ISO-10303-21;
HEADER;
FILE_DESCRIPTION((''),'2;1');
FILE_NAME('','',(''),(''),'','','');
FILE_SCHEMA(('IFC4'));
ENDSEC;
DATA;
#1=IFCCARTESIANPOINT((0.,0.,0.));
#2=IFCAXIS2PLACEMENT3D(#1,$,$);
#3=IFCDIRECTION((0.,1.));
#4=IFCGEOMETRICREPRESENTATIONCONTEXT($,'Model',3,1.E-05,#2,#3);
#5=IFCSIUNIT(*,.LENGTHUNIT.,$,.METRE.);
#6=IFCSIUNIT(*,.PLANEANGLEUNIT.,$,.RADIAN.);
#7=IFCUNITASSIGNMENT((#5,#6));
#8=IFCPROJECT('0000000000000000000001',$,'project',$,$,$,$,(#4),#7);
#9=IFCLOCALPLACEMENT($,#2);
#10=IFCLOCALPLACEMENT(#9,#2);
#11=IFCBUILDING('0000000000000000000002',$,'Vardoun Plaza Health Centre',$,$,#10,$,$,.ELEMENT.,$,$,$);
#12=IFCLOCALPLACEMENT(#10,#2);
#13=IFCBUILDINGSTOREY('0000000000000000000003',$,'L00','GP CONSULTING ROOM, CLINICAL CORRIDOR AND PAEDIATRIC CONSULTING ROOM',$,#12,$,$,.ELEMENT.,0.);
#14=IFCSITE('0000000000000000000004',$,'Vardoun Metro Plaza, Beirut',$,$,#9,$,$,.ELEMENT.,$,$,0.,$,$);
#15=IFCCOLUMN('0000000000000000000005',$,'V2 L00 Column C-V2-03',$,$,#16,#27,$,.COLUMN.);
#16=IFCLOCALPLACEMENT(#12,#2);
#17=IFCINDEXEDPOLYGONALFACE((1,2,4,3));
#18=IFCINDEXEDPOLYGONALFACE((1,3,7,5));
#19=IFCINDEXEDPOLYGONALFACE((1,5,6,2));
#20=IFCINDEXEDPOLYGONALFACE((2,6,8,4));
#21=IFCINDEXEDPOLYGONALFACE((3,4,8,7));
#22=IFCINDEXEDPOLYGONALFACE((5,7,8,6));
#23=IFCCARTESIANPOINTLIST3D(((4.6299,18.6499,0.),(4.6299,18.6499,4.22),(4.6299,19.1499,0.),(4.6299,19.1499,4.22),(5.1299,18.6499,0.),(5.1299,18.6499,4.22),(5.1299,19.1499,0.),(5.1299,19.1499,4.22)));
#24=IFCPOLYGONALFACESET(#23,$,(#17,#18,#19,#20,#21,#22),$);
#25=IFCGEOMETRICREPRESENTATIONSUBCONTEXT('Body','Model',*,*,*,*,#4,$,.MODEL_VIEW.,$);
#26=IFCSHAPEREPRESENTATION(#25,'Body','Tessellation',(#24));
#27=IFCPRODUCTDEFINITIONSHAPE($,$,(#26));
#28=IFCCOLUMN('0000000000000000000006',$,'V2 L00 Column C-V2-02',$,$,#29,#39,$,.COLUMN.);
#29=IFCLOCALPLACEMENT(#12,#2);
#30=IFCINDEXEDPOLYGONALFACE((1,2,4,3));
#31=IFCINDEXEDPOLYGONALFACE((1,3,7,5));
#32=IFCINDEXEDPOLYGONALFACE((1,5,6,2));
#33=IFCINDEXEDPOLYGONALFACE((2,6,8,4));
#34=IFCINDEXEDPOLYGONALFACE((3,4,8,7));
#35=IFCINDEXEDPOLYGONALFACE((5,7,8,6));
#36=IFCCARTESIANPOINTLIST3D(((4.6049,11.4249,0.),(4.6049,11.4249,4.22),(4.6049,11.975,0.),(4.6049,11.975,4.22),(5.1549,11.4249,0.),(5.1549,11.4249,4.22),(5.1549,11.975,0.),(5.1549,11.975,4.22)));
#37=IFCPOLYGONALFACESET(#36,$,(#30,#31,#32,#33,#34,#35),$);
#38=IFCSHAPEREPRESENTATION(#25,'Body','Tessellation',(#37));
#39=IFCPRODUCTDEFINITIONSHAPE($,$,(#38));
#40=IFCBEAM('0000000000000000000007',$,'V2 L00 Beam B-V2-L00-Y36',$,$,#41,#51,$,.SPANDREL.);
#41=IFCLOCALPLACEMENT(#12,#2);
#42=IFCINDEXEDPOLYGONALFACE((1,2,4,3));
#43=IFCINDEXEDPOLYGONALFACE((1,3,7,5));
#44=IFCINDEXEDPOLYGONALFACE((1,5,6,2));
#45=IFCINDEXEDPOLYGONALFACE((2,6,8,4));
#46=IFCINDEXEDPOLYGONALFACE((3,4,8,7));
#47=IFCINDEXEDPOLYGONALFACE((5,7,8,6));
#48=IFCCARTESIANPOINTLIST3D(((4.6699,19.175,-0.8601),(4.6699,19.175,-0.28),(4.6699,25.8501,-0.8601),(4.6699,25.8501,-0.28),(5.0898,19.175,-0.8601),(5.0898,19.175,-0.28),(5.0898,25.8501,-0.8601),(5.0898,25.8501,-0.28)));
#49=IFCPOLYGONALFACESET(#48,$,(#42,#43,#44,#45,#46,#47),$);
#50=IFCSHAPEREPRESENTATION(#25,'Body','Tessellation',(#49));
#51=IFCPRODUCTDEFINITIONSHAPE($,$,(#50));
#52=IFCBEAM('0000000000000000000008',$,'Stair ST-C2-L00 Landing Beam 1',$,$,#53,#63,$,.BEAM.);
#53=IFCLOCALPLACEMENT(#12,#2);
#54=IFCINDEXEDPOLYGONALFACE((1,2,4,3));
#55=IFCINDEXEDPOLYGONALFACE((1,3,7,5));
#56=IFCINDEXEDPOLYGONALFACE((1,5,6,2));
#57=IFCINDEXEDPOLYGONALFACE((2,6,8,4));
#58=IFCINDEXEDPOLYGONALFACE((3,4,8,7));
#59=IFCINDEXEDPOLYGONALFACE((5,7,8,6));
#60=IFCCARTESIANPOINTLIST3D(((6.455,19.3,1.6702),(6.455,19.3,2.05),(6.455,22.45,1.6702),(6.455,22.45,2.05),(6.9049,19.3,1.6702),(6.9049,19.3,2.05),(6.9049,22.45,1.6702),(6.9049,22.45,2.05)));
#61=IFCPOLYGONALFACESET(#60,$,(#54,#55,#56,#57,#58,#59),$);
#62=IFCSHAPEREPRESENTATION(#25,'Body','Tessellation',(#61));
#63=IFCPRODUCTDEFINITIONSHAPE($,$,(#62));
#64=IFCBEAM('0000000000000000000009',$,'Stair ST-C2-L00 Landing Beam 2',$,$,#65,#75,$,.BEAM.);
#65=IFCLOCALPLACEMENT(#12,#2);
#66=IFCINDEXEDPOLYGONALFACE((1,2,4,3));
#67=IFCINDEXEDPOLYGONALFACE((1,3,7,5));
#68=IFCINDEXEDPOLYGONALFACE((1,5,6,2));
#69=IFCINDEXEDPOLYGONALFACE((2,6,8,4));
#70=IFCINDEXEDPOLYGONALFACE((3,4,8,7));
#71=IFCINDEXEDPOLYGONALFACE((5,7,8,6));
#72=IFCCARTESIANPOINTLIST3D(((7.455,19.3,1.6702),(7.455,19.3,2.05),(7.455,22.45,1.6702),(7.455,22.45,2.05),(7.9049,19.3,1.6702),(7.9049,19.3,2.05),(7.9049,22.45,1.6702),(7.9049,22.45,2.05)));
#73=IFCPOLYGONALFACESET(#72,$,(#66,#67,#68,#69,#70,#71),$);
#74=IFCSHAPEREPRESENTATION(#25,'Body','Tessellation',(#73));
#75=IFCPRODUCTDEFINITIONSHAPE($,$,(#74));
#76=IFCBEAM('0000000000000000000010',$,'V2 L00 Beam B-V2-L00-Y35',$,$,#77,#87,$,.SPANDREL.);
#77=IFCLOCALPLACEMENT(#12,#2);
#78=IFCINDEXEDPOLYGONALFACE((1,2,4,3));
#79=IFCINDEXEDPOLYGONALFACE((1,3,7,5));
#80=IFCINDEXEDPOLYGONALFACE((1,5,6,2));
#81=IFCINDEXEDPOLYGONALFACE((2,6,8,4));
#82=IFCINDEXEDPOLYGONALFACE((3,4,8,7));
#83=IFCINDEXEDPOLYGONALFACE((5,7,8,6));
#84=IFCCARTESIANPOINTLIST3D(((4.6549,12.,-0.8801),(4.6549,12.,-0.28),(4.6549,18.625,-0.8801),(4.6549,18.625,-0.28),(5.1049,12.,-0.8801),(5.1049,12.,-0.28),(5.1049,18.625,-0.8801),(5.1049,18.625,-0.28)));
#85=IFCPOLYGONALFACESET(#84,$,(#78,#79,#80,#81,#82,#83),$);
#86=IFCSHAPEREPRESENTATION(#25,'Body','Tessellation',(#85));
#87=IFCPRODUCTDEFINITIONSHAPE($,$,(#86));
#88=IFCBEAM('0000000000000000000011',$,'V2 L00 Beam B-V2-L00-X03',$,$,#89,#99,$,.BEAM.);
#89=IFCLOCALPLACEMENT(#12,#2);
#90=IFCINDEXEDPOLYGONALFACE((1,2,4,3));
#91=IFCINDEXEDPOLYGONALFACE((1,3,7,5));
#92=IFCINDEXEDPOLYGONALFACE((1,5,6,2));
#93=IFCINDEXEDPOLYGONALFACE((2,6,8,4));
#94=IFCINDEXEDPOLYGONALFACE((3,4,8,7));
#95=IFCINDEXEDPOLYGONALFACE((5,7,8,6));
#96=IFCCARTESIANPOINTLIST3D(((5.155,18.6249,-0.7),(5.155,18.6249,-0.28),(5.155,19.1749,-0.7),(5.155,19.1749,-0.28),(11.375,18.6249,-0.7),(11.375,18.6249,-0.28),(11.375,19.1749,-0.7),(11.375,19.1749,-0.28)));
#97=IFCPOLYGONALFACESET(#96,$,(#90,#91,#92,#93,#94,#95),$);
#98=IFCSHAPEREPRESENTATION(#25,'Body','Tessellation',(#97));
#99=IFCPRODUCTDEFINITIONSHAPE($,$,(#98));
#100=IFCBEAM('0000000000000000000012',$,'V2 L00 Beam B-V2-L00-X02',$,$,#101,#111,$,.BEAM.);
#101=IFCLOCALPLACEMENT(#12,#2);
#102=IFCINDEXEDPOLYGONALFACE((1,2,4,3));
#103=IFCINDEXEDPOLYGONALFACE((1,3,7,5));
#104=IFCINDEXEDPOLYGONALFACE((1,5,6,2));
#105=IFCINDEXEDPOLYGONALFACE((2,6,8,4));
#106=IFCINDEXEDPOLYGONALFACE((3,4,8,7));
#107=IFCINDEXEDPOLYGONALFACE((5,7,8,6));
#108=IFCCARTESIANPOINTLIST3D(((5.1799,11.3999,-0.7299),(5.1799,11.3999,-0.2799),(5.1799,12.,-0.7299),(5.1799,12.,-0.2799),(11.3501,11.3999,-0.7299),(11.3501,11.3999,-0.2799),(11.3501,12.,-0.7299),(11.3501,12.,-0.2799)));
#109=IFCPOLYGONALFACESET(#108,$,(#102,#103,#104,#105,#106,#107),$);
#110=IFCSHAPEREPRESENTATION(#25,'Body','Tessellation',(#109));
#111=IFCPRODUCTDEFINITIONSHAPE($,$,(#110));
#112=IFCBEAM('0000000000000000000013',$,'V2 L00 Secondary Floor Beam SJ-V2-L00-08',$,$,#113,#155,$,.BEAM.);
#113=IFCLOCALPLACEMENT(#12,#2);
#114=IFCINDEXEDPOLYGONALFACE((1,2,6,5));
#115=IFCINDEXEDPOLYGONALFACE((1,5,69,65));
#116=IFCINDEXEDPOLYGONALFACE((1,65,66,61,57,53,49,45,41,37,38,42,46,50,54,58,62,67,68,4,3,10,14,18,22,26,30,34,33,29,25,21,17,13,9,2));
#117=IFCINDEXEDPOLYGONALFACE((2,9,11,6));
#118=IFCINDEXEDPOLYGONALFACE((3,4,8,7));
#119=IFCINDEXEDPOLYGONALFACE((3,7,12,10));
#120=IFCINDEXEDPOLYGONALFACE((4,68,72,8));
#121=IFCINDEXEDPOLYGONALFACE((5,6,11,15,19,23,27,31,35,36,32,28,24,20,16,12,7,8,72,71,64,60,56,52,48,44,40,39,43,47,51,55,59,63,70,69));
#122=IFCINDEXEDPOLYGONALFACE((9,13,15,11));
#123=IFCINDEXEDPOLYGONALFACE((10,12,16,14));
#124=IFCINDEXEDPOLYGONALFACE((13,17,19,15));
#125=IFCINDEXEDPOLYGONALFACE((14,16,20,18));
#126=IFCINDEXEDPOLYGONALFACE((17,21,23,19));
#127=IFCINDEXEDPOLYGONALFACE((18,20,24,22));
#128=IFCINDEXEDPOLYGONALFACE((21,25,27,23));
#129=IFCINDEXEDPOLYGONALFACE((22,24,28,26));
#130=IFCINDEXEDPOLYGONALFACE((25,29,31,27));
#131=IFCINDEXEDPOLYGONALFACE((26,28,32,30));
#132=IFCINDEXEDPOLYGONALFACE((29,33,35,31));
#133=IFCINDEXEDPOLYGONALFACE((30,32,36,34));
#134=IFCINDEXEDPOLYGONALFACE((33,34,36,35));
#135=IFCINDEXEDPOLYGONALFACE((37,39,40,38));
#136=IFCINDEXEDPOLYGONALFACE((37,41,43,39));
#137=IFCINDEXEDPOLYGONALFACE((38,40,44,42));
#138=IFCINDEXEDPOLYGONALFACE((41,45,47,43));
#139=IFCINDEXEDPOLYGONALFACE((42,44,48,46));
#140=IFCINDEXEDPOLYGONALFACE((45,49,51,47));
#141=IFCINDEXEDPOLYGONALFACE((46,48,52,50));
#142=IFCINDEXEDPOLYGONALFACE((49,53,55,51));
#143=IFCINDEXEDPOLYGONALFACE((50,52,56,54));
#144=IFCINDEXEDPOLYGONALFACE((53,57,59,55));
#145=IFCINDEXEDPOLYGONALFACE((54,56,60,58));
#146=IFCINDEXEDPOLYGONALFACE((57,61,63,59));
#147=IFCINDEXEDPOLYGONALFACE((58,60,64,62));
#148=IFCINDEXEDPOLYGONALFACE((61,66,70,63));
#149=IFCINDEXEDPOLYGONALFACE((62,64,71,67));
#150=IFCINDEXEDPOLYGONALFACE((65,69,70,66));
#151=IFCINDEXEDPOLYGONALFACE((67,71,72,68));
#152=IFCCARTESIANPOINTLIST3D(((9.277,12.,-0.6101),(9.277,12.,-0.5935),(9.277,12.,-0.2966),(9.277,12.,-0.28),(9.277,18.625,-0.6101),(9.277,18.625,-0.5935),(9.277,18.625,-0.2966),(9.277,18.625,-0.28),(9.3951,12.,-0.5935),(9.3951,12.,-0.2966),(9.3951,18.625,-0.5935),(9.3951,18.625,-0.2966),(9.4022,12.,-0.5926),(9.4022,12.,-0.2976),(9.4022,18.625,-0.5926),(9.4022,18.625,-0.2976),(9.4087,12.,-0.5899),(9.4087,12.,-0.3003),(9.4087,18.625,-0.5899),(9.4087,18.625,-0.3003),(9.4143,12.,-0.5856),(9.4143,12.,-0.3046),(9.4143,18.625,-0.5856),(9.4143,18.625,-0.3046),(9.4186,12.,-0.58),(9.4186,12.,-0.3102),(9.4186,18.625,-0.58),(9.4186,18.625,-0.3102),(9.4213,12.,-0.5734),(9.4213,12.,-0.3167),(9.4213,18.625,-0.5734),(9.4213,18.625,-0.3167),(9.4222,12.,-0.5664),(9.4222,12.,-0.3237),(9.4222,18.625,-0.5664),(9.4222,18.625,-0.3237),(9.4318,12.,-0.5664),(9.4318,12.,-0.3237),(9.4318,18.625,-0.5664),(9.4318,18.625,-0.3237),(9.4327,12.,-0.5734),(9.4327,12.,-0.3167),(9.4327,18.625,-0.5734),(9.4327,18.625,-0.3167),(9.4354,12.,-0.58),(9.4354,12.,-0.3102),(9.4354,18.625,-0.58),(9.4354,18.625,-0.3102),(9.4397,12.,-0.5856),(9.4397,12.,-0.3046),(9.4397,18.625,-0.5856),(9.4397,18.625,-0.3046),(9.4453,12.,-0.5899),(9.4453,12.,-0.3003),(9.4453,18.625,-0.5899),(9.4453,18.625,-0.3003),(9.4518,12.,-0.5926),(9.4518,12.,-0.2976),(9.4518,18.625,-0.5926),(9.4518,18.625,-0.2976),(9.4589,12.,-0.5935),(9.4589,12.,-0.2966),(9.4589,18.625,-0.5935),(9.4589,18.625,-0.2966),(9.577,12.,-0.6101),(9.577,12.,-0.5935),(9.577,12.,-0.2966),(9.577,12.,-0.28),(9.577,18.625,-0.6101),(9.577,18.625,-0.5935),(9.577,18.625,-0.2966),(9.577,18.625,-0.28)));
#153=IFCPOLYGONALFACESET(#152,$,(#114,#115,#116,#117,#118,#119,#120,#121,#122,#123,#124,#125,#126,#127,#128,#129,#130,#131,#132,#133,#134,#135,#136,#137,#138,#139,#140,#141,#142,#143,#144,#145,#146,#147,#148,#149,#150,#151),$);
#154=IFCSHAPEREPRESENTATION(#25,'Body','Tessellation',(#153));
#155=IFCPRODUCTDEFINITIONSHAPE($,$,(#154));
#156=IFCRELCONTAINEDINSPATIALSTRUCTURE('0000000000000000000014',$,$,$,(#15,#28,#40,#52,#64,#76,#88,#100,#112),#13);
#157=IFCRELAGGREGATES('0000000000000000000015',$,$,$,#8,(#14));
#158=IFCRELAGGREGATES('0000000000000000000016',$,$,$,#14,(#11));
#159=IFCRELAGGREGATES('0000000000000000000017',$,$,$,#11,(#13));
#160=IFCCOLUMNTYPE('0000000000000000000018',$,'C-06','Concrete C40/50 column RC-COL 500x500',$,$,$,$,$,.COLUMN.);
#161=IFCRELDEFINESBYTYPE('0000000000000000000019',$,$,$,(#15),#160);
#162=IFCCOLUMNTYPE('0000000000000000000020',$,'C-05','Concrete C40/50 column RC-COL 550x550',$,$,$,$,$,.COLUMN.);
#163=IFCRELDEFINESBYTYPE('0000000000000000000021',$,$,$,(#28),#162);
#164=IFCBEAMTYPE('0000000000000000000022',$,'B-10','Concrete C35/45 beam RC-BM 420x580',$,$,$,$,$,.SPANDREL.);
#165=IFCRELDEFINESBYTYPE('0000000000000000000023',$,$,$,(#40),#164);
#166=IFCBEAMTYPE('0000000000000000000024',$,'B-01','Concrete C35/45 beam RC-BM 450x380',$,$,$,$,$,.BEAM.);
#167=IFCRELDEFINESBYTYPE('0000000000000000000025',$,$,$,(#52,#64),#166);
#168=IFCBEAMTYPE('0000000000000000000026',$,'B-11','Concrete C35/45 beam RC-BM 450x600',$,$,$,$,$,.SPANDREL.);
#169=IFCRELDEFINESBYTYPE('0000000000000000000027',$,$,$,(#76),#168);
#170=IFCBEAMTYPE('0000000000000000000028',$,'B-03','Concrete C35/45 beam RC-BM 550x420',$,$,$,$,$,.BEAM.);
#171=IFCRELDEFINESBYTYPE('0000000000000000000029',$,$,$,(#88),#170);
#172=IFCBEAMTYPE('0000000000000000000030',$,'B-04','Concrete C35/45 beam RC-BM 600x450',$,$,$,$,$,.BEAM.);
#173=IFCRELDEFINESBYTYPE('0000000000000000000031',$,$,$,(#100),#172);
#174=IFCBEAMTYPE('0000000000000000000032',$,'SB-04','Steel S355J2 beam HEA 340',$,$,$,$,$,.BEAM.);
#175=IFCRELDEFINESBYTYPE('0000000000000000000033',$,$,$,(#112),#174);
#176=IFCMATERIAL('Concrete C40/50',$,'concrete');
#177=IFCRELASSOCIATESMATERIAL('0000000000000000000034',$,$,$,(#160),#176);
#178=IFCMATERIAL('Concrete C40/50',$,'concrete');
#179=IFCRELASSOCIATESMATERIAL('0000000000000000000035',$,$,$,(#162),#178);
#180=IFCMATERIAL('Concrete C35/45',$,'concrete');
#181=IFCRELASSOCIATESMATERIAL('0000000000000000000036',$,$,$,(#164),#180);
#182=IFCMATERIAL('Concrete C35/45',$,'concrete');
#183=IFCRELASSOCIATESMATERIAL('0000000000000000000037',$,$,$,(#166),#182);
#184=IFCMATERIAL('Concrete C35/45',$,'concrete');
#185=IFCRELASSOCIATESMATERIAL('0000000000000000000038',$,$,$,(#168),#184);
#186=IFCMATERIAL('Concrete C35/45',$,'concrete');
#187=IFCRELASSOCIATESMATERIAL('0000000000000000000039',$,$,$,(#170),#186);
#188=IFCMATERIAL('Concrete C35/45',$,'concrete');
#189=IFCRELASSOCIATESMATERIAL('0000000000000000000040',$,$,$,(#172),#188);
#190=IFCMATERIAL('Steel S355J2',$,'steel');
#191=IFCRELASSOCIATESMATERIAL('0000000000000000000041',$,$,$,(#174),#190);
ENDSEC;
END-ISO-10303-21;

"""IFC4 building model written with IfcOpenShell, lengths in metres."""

from ifc_helpers import new_model, si_unit, direction, frame, origin, origin_2d, place, context, subcontext, project, spatial, rectangle, i_section, extrude, material, material_profile, profile_set, type_object, element, save


model = new_model("IFC4")

# Units and contexts
model_context = context("Model", 3, precision=1e-05, world=origin(), true_north=direction((0.0, 1.0)))
body_context = subcontext(model_context, "Body", "Model", "MODEL_VIEW")
ifc_project = project(units=[si_unit("LENGTHUNIT", "METRE"), si_unit("PLANEANGLEUNIT", "RADIAN")], contexts=[model_context])

# Site, building, storey
site_placement = place(None, origin())
site = spatial("IfcSite", under=ifc_project, at=site_placement, Name="Vardoun Metro Plaza, Beirut", CompositionType="ELEMENT", RefElevation=0.0)
building_placement = place(site_placement, origin())
building = spatial("IfcBuilding", under=site, at=building_placement, Name="Vardoun Plaza Health Centre", CompositionType="ELEMENT")
storey_placement = place(building_placement, origin())
storey = spatial("IfcBuildingStorey", under=building, at=storey_placement, Name="L00", Description="GP CONSULTING ROOM, CLINICAL CORRIDOR AND PAEDIATRIC CONSULTING ROOM", CompositionType="ELEMENT", Elevation=0.0)

# Columns
ifc_material_1 = material(Name="Concrete C40/50", Category="concrete")
ifc_material_profile_1 = material_profile(ifc_material_1, rectangle(XDim=0.5, YDim=0.5, at=origin_2d()), Name="RC-COL 500x500")
ifc_profile_set_1 = profile_set([ifc_material_profile_1], Name="Concrete C40/50")
column_type_1 = type_object("IfcColumnType", Name="C-06", Description="Concrete C40/50 column RC-COL 500x500", PredefinedType="COLUMN", material=ifc_profile_set_1)
column_1_placement = place(storey_placement, frame((4.8799, 18.8999, 0.0), z_axis=(0.0, 0.0, 1.0), x_axis=(1.0, 0.0, 0.0)))
element("IfcColumn", 1, at=column_1_placement, inside=storey, type_object=column_type_1, Name="V2 L00 Column C-V2-03", PredefinedType="COLUMN", context=body_context, shape_type="SweptSolid", body=[
    extrude(rectangle(XDim=0.5, YDim=0.5, at=origin_2d()), origin(), (0.0, 0.0, 1.0), 4.22),
])
ifc_material_2 = material(Name="Concrete C40/50", Category="concrete")
ifc_material_profile_2 = material_profile(ifc_material_2, rectangle(XDim=0.55, YDim=0.55, at=origin_2d()), Name="RC-COL 550x550")
ifc_profile_set_2 = profile_set([ifc_material_profile_2], Name="Concrete C40/50")
column_type_2 = type_object("IfcColumnType", Name="C-05", Description="Concrete C40/50 column RC-COL 550x550", PredefinedType="COLUMN", material=ifc_profile_set_2)
column_2_placement = place(storey_placement, frame((4.8799, 11.7, 0.0), z_axis=(0.0, 0.0, 1.0), x_axis=(1.0, 0.0, 0.0)))
element("IfcColumn", 2, at=column_2_placement, inside=storey, type_object=column_type_2, Name="V2 L00 Column C-V2-02", PredefinedType="COLUMN", context=body_context, shape_type="SweptSolid", body=[
    extrude(rectangle(XDim=0.55, YDim=0.55, at=origin_2d()), origin(), (0.0, 0.0, 1.0), 4.22),
])

# Beams
ifc_material_3 = material(Name="Concrete C35/45", Category="concrete")
ifc_material_profile_3 = material_profile(ifc_material_3, rectangle(XDim=0.4199, YDim=0.5801, at=origin_2d()), Name="RC-BM 420x580")
ifc_profile_set_3 = profile_set([ifc_material_profile_3], Name="Concrete C35/45")
beam_type_1 = type_object("IfcBeamType", Name="B-10", Description="Concrete C35/45 beam RC-BM 420x580", PredefinedType="SPANDREL", material=ifc_profile_set_3)
beam_1_placement = place(storey_placement, frame((4.8799, 19.175, -0.5701), z_axis=(0.0, 1.0, 0.0), x_axis=(-1.0, 0.0, 0.0)))
element("IfcBeam", 3, at=beam_1_placement, inside=storey, type_object=beam_type_1, Name="V2 L00 Beam B-V2-L00-Y36", PredefinedType="SPANDREL", context=body_context, shape_type="SweptSolid", body=[
    extrude(rectangle(XDim=0.4199, YDim=0.5801, at=origin_2d()), origin(), (0.0, 0.0, 1.0), 6.675),
])
ifc_material_4 = material(Name="Concrete C35/45", Category="concrete")
ifc_material_profile_4 = material_profile(ifc_material_4, rectangle(XDim=0.45, YDim=0.3799, at=origin_2d()), Name="RC-BM 450x380")
ifc_profile_set_4 = profile_set([ifc_material_profile_4], Name="Concrete C35/45")
beam_type_2 = type_object("IfcBeamType", Name="B-01", Description="Concrete C35/45 beam RC-BM 450x380", PredefinedType="BEAM", material=ifc_profile_set_4)
for number, where, z_axis, x_axis, name in (
    (4, (6.6799, 19.3, 1.8601), (0.0, 1.0, 0.0), (-1.0, 0.0, 0.0), "Stair ST-C2-L00 Landing Beam 1"),
    (5, (7.6799, 19.3, 1.8601), (0.0, 1.0, 0.0), (-1.0, 0.0, 0.0), "Stair ST-C2-L00 Landing Beam 2"),
):
    element("IfcBeam", number, at=place(storey_placement, frame(where, z_axis=z_axis, x_axis=x_axis)), inside=storey, type_object=beam_type_2, Name=name, PredefinedType="BEAM", context=body_context, shape_type="SweptSolid", body=[
        extrude(rectangle(XDim=0.45, YDim=0.3799, at=origin_2d()), origin(), (0.0, 0.0, 1.0), 3.1499),
    ])
ifc_material_5 = material(Name="Concrete C35/45", Category="concrete")
ifc_material_profile_5 = material_profile(ifc_material_5, rectangle(XDim=0.45, YDim=0.6001, at=origin_2d()), Name="RC-BM 450x600")
ifc_profile_set_5 = profile_set([ifc_material_profile_5], Name="Concrete C35/45")
beam_type_3 = type_object("IfcBeamType", Name="B-11", Description="Concrete C35/45 beam RC-BM 450x600", PredefinedType="SPANDREL", material=ifc_profile_set_5)
beam_2_placement = place(storey_placement, frame((4.8799, 12.0, -0.5801), z_axis=(0.0, 1.0, 0.0), x_axis=(-1.0, 0.0, 0.0)))
element("IfcBeam", 6, at=beam_2_placement, inside=storey, type_object=beam_type_3, Name="V2 L00 Beam B-V2-L00-Y35", PredefinedType="SPANDREL", context=body_context, shape_type="SweptSolid", body=[
    extrude(rectangle(XDim=0.45, YDim=0.6001, at=origin_2d()), origin(), (0.0, 0.0, 1.0), 6.625),
])
ifc_material_6 = material(Name="Concrete C35/45", Category="concrete")
ifc_material_profile_6 = material_profile(ifc_material_6, rectangle(XDim=0.55, YDim=0.4199, at=origin_2d()), Name="RC-BM 550x420")
ifc_profile_set_6 = profile_set([ifc_material_profile_6], Name="Concrete C35/45")
beam_type_4 = type_object("IfcBeamType", Name="B-03", Description="Concrete C35/45 beam RC-BM 550x420", PredefinedType="BEAM", material=ifc_profile_set_6)
beam_3_placement = place(storey_placement, frame((5.155, 18.8999, -0.49), z_axis=(1.0, 0.0, 0.0), x_axis=(0.0, 1.0, 0.0)))
element("IfcBeam", 7, at=beam_3_placement, inside=storey, type_object=beam_type_4, Name="V2 L00 Beam B-V2-L00-X03", PredefinedType="BEAM", context=body_context, shape_type="SweptSolid", body=[
    extrude(rectangle(XDim=0.55, YDim=0.4199, at=origin_2d()), origin(), (0.0, 0.0, 1.0), 6.22),
])
ifc_material_7 = material(Name="Concrete C35/45", Category="concrete")
ifc_material_profile_7 = material_profile(ifc_material_7, rectangle(XDim=0.6001, YDim=0.45, at=origin_2d()), Name="RC-BM 600x450")
ifc_profile_set_7 = profile_set([ifc_material_profile_7], Name="Concrete C35/45")
beam_type_5 = type_object("IfcBeamType", Name="B-04", Description="Concrete C35/45 beam RC-BM 600x450", PredefinedType="BEAM", material=ifc_profile_set_7)
beam_4_placement = place(storey_placement, frame((5.1799, 11.7, -0.5049), z_axis=(1.0, 0.0, 0.0), x_axis=(0.0, 1.0, 0.0)))
element("IfcBeam", 8, at=beam_4_placement, inside=storey, type_object=beam_type_5, Name="V2 L00 Beam B-V2-L00-X02", PredefinedType="BEAM", context=body_context, shape_type="SweptSolid", body=[
    extrude(rectangle(XDim=0.6001, YDim=0.45, at=origin_2d()), origin(), (0.0, 0.0, 1.0), 6.1702),
])
ifc_material_8 = material(Name="Steel S355J2", Category="steel")
ifc_material_profile_8 = material_profile(ifc_material_8, i_section(OverallWidth=0.3, OverallDepth=0.3301, WebThickness=0.0095, FlangeThickness=0.0166, FilletRadius=0.0271, at=origin_2d()), Name="HEA 340")
ifc_profile_set_8 = profile_set([ifc_material_profile_8], Name="Steel S355J2")
beam_type_6 = type_object("IfcBeamType", Name="SB-04", Description="Steel S355J2 beam HEA 340", PredefinedType="BEAM", material=ifc_profile_set_8)
beam_5_placement = place(storey_placement, frame((9.427, 12.0, -0.4451), z_axis=(0.0, 1.0, 0.0), x_axis=(-1.0, 0.0, 0.0)))
element("IfcBeam", 9, at=beam_5_placement, inside=storey, type_object=beam_type_6, Name="V2 L00 Secondary Floor Beam SJ-V2-L00-08", PredefinedType="BEAM", context=body_context, shape_type="SweptSolid", body=[
    extrude(i_section(OverallWidth=0.3, OverallDepth=0.3301, WebThickness=0.0095, FlangeThickness=0.0166, FilletRadius=0.0271, at=origin_2d()), origin(), (0.0, 0.0, 1.0), 6.625),
])

save(model, "model.ifc")
